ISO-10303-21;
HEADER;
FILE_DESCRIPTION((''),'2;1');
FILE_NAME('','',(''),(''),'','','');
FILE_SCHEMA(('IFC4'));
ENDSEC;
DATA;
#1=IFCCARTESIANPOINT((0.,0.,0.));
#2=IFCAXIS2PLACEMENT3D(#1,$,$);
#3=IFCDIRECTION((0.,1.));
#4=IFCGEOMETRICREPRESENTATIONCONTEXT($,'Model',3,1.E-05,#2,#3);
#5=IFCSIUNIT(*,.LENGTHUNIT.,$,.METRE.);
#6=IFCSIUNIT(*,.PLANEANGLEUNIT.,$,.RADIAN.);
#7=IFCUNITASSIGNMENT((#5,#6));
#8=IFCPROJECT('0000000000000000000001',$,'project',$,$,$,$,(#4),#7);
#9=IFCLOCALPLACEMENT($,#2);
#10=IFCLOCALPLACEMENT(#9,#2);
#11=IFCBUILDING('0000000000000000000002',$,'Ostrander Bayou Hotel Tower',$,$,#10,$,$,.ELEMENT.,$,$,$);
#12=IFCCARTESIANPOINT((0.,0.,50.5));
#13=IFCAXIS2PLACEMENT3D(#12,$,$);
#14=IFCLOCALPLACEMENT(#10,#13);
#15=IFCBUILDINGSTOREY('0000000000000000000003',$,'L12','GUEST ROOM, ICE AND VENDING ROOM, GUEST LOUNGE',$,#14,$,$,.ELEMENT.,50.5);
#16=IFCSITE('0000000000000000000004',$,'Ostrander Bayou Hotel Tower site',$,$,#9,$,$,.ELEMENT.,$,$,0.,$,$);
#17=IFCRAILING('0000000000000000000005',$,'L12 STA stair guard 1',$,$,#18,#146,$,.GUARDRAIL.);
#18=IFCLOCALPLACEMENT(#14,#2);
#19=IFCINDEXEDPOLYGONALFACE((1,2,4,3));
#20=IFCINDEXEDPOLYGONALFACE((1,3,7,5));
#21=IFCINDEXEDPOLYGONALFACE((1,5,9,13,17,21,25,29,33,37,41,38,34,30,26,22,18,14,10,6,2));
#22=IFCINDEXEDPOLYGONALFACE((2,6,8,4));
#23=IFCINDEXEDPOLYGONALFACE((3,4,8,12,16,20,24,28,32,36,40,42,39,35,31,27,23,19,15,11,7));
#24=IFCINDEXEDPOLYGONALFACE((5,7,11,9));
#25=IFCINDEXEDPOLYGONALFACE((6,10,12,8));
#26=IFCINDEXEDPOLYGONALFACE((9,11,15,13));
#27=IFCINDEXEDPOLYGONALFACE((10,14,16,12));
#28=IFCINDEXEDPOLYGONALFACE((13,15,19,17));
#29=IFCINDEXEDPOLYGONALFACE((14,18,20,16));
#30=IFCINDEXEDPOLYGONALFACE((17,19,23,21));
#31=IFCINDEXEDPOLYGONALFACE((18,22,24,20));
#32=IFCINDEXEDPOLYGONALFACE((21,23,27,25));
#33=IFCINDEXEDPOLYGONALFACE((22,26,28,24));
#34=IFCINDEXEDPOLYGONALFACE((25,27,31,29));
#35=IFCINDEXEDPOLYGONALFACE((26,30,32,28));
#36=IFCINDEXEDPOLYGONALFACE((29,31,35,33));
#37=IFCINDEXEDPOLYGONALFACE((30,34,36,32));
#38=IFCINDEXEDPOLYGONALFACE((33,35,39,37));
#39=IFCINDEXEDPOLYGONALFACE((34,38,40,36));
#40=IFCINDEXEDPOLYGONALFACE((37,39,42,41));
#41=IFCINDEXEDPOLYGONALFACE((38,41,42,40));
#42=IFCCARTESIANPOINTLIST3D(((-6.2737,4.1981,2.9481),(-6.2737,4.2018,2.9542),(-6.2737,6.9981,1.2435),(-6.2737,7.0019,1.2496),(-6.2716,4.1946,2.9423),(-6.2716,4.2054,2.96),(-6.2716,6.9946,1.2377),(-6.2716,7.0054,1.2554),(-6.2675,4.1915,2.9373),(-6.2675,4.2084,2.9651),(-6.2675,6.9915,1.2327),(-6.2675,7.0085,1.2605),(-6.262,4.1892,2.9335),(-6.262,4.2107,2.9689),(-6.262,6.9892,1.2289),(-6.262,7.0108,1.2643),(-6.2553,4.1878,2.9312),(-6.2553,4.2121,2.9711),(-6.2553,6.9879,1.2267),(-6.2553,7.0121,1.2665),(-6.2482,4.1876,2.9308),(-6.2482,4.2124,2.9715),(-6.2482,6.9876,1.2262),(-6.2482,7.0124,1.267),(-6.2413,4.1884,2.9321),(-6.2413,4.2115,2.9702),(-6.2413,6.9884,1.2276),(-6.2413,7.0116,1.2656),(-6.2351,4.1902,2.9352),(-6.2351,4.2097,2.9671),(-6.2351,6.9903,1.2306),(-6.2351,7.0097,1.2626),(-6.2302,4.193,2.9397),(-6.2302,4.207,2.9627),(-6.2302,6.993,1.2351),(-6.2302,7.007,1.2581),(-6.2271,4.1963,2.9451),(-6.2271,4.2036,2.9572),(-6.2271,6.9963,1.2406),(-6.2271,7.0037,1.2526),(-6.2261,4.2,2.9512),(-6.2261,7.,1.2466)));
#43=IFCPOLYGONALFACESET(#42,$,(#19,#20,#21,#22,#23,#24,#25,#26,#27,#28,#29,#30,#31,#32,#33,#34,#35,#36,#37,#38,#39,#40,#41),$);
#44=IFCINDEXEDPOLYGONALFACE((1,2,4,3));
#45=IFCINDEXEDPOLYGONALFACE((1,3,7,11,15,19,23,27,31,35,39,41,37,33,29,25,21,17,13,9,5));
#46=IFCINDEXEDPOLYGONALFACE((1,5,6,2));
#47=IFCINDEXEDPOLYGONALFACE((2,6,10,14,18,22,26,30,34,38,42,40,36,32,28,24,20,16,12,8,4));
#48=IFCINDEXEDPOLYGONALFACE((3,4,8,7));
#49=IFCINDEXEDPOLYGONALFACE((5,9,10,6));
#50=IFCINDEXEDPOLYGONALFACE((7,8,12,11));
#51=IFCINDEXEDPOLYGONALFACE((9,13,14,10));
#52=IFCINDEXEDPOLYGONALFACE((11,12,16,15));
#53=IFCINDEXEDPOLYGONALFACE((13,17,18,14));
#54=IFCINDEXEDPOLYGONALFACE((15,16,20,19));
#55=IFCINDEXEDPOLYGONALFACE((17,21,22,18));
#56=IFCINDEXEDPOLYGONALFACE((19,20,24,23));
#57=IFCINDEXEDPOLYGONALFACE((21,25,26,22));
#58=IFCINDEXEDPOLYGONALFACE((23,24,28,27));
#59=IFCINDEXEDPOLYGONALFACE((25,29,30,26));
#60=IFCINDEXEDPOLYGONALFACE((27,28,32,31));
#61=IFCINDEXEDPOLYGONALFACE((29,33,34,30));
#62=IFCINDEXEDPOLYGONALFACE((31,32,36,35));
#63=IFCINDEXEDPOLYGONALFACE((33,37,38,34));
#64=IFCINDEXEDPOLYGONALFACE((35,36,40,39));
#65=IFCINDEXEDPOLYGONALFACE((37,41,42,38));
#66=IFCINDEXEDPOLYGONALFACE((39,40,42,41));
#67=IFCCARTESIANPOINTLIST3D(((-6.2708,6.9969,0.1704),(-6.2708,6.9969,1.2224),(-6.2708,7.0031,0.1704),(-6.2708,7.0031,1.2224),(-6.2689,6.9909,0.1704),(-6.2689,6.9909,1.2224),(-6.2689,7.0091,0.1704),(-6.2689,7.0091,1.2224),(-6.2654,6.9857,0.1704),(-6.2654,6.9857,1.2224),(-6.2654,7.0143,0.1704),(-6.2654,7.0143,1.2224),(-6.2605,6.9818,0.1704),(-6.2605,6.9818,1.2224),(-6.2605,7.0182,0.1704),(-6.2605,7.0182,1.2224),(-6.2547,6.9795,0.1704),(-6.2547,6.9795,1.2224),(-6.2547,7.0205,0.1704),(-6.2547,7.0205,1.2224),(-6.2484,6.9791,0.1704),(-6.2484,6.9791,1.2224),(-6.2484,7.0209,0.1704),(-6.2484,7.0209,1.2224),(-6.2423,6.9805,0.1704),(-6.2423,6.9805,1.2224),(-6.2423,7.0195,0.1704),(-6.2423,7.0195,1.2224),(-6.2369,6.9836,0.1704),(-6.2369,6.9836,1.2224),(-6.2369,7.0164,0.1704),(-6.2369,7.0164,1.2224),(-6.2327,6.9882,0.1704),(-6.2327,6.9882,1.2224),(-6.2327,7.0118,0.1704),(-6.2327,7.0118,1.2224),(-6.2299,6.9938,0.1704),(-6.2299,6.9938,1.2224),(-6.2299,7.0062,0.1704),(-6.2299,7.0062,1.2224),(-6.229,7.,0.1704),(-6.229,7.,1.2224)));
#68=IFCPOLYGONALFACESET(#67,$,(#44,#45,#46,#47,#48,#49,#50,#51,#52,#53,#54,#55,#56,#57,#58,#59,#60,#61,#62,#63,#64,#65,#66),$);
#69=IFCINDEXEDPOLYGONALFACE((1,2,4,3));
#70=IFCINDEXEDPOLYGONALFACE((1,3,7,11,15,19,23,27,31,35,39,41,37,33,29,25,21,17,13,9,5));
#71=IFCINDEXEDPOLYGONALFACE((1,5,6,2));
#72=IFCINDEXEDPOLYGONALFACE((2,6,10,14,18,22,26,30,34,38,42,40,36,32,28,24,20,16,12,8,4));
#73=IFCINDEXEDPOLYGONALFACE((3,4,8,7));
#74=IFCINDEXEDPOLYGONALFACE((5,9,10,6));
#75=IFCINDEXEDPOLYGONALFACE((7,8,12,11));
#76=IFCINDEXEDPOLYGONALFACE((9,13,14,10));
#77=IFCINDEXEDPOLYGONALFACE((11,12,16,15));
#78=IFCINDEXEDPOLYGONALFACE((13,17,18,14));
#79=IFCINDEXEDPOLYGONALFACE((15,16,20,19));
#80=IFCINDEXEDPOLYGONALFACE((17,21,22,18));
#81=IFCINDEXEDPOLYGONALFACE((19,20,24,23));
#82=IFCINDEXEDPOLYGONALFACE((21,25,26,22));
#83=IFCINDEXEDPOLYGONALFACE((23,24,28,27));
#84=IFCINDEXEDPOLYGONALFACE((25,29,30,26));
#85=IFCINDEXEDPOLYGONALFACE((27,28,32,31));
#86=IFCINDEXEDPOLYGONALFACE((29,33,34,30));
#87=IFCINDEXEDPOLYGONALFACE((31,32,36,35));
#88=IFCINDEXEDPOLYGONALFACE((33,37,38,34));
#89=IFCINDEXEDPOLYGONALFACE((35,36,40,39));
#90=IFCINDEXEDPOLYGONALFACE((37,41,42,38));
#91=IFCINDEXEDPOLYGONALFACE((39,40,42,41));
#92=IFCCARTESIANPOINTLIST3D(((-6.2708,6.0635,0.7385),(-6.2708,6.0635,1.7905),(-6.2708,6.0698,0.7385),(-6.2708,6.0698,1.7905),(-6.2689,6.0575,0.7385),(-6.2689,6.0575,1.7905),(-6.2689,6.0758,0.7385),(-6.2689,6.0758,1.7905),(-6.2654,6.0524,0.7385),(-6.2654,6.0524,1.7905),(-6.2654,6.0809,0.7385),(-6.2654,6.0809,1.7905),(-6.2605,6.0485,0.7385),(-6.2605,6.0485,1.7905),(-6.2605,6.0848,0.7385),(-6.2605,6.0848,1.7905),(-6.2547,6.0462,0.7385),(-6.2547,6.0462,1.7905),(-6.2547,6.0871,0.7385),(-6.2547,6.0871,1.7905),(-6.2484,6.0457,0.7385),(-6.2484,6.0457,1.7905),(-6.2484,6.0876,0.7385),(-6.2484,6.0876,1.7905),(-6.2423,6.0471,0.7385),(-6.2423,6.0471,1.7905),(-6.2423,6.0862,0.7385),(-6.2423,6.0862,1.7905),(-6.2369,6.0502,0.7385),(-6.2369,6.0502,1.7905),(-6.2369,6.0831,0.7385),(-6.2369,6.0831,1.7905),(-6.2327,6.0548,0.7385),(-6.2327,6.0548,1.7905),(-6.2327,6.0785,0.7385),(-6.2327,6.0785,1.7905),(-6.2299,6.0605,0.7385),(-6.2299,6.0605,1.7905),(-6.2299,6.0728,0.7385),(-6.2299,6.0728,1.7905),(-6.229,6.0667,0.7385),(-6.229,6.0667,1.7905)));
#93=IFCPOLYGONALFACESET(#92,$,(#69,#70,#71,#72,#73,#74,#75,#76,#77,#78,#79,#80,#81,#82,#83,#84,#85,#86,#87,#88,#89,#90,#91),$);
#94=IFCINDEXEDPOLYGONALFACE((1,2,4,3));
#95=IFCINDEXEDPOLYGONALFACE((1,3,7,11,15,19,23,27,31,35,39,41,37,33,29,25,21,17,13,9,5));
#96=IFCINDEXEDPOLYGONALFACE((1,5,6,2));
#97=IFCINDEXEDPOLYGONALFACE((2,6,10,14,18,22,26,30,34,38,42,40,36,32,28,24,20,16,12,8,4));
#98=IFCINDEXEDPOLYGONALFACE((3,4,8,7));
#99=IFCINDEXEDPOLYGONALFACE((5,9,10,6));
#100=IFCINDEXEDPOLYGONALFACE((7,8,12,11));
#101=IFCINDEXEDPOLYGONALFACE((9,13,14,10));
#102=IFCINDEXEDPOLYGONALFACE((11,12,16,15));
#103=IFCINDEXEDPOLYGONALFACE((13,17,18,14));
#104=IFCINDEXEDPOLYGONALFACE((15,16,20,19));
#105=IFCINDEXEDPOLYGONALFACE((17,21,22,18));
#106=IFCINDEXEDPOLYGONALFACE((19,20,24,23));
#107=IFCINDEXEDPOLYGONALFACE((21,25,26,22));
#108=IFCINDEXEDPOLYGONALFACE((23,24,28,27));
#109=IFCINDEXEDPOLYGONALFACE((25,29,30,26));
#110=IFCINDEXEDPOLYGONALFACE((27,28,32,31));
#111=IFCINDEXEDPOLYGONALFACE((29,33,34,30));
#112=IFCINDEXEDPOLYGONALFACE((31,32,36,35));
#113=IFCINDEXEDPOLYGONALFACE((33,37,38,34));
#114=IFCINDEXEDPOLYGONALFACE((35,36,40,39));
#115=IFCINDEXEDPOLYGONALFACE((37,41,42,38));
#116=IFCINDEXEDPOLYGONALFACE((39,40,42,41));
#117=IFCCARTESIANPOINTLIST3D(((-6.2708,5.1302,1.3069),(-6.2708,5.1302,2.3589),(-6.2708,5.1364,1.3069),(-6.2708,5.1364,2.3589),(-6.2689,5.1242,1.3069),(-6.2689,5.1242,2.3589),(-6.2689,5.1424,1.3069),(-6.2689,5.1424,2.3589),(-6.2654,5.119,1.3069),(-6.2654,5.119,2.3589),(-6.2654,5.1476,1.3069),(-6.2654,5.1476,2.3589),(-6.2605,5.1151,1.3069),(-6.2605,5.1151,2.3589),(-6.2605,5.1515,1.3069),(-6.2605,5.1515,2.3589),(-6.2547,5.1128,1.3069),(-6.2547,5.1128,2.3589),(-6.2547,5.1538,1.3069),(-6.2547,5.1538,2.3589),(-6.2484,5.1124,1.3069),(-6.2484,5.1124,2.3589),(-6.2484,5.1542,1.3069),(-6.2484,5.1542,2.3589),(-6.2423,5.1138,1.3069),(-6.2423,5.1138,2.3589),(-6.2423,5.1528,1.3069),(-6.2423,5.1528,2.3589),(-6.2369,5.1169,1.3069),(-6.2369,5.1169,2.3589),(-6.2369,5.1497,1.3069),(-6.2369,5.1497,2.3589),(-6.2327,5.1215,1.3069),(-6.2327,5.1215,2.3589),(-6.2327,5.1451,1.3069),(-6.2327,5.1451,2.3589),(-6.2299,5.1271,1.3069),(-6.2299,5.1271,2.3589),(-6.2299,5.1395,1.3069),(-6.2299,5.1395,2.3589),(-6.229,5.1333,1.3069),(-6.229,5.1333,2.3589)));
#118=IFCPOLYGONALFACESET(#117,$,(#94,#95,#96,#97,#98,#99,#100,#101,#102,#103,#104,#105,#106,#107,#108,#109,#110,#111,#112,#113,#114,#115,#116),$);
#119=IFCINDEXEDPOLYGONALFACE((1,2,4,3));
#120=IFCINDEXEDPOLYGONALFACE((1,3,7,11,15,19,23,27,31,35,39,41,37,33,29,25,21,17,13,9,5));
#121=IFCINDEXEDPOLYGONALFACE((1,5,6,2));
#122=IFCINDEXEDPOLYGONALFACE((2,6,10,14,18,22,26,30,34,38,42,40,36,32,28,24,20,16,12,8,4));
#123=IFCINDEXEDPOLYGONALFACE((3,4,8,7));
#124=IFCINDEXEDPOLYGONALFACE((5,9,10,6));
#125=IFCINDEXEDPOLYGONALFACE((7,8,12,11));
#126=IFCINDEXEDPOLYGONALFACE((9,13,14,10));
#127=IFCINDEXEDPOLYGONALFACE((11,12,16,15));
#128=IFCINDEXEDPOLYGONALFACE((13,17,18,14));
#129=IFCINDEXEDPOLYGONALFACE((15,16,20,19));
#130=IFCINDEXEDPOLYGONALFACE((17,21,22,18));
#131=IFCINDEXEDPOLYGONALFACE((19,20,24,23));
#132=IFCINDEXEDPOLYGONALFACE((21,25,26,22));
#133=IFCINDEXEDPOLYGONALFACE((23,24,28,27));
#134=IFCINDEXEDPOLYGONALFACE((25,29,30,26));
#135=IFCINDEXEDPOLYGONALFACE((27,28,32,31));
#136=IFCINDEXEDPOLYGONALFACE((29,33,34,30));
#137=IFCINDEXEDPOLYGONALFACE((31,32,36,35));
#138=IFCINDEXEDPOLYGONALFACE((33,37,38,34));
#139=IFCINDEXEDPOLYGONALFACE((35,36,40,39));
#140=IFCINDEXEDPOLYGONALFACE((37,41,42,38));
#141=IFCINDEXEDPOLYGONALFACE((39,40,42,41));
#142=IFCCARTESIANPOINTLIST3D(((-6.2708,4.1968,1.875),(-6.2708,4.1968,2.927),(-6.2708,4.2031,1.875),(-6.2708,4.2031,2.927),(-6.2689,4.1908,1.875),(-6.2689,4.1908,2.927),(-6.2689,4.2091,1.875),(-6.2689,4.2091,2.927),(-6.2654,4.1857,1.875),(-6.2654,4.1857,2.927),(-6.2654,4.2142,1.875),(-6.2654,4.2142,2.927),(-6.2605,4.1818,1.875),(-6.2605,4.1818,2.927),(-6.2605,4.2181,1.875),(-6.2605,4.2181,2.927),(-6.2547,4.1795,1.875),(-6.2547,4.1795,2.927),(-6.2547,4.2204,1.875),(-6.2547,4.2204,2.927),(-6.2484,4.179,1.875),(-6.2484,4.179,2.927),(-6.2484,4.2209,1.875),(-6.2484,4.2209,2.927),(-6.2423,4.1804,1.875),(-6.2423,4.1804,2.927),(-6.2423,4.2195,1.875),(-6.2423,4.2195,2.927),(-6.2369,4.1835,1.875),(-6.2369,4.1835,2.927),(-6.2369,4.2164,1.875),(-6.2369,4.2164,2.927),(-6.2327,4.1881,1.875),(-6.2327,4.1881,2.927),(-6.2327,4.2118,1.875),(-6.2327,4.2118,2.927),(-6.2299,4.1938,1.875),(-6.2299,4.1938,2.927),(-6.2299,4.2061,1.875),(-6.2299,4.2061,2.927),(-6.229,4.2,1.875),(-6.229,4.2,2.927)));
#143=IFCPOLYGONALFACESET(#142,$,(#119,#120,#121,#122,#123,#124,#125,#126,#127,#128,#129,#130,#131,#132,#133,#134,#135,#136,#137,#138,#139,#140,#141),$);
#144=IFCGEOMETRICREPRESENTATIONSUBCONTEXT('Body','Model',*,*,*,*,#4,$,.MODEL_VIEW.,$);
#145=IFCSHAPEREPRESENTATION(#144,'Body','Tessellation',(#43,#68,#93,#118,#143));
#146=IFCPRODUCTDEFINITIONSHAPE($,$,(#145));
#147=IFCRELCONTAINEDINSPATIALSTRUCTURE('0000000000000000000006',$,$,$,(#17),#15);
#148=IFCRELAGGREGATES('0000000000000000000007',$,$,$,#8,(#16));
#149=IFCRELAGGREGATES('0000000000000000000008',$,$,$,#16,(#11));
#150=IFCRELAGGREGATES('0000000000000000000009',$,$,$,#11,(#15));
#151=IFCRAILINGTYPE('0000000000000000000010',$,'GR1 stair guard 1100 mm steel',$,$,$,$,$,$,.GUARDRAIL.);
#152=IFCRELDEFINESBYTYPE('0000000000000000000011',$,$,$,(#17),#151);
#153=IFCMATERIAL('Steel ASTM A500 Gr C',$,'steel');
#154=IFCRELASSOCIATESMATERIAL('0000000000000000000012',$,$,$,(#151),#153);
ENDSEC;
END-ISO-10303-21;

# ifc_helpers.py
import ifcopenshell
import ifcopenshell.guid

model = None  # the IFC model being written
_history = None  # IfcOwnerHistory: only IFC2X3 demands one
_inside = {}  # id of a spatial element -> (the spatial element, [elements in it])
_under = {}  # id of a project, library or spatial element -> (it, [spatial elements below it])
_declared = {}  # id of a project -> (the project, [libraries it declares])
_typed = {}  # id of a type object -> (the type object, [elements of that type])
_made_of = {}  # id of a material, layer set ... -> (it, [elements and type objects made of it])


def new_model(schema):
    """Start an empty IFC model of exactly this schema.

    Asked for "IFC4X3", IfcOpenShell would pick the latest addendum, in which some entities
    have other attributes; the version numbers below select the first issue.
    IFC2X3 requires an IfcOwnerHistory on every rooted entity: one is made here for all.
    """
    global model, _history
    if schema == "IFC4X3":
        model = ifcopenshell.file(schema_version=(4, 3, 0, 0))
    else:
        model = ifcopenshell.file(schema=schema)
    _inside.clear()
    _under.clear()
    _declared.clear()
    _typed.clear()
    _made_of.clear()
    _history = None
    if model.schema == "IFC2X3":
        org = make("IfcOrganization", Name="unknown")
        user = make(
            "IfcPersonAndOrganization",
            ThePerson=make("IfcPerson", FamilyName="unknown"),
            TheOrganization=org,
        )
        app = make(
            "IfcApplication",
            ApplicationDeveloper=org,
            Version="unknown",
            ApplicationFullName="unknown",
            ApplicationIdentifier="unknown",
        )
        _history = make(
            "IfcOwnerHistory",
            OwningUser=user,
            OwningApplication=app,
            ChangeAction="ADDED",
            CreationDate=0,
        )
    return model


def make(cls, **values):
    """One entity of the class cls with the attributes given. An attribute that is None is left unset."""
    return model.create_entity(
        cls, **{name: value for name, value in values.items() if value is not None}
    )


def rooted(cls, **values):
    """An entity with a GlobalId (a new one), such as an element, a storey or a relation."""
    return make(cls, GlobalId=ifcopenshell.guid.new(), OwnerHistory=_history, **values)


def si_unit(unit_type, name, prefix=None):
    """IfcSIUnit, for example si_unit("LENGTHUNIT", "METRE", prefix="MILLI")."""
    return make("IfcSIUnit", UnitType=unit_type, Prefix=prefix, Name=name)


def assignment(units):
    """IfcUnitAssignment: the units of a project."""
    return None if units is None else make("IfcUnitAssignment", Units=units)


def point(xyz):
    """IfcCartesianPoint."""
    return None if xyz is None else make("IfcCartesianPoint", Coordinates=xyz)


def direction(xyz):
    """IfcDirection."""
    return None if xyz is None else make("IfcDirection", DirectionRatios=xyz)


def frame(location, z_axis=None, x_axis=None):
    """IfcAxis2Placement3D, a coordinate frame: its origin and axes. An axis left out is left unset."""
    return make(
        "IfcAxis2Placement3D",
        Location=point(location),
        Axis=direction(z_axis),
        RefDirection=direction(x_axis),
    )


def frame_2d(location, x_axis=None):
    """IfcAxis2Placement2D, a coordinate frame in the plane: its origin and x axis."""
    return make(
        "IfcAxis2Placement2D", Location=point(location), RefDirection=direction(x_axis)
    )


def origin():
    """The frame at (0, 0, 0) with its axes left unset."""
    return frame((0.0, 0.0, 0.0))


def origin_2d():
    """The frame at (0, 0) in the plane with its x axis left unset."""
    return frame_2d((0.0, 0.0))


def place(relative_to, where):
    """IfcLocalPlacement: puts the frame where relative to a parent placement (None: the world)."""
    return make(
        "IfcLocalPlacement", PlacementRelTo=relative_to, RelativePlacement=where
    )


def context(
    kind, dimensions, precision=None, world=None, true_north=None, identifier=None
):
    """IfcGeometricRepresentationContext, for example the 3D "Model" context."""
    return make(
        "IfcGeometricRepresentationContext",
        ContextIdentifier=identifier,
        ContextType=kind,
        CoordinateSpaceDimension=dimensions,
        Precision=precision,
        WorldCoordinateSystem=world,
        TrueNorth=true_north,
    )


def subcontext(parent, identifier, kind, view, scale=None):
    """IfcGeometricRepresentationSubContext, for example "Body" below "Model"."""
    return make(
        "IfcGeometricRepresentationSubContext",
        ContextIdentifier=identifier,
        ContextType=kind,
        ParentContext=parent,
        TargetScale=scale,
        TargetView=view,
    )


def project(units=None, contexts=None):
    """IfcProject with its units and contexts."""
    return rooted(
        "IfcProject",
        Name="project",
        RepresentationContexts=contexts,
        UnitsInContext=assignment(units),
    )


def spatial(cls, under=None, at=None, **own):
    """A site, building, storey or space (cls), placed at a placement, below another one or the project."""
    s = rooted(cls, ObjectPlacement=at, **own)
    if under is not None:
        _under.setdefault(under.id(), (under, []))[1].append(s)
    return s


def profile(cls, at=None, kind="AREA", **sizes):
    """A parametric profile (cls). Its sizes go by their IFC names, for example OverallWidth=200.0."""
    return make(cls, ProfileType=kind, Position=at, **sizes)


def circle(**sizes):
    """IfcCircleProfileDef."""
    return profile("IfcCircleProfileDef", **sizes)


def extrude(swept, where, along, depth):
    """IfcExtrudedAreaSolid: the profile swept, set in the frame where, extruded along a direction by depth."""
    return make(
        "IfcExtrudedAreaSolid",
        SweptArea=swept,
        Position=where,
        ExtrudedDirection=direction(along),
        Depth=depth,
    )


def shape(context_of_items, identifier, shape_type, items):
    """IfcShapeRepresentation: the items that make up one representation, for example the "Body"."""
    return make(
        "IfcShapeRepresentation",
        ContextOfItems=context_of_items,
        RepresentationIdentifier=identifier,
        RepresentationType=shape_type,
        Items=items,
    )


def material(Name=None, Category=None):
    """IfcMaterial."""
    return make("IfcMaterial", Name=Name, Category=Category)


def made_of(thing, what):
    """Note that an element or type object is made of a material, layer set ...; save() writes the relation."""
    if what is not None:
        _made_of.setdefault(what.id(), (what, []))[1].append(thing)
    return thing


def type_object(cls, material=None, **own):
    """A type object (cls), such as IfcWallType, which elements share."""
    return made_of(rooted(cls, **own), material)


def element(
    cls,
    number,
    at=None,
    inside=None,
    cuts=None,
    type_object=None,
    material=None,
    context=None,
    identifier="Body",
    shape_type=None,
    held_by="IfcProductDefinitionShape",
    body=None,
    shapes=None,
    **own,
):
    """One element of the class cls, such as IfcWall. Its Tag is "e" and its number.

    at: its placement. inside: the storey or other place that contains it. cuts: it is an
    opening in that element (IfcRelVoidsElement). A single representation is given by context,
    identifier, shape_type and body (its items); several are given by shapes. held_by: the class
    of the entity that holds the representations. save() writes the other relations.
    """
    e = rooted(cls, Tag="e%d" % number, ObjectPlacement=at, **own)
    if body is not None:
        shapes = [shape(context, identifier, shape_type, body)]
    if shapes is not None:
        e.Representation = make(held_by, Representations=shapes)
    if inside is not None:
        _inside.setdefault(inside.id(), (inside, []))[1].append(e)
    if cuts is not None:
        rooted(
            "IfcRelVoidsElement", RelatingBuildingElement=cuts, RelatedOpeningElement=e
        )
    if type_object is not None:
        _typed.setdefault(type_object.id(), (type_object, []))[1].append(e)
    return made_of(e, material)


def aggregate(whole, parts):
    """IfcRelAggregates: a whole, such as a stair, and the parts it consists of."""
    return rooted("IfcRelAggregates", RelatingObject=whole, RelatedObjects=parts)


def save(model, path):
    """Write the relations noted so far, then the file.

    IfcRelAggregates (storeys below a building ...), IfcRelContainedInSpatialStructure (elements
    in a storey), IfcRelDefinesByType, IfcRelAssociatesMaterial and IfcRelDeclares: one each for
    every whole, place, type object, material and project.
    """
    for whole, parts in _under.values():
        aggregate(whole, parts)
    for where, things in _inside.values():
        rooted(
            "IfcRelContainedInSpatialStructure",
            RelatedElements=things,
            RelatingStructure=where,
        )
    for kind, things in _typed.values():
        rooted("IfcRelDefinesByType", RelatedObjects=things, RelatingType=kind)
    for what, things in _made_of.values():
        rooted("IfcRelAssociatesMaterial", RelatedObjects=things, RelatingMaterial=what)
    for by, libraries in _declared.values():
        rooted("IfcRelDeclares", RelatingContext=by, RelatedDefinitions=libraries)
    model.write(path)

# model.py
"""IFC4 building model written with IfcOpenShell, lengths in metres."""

from ifc_helpers import new_model, si_unit, direction, frame, origin, origin_2d, place, context, subcontext, project, spatial, circle, extrude, material, type_object, element, save


model = new_model("IFC4")

# Units and contexts
model_context = context("Model", 3, precision=1e-05, world=origin(), true_north=direction((0.0, 1.0)))
body_context = subcontext(model_context, "Body", "Model", "MODEL_VIEW")
ifc_project = project(units=[si_unit("LENGTHUNIT", "METRE"), si_unit("PLANEANGLEUNIT", "RADIAN")], contexts=[model_context])

# Site, building, storey
site_placement = place(None, origin())
site = spatial("IfcSite", under=ifc_project, at=site_placement, Name="Ostrander Bayou Hotel Tower site", CompositionType="ELEMENT", RefElevation=0.0)
building_placement = place(site_placement, origin())
building = spatial("IfcBuilding", under=site, at=building_placement, Name="Ostrander Bayou Hotel Tower", CompositionType="ELEMENT")
storey_placement = place(building_placement, frame((0.0, 0.0, 50.5)))
storey = spatial("IfcBuildingStorey", under=building, at=storey_placement, Name="L12", Description="GUEST ROOM, ICE AND VENDING ROOM, GUEST LOUNGE", CompositionType="ELEMENT", Elevation=50.5)

# Railing
ifc_material_1 = material(Name="Steel ASTM A500 Gr C", Category="steel")
railing_type_1 = type_object("IfcRailingType", Name="GR1 stair guard 1100 mm steel", PredefinedType="GUARDRAIL", material=ifc_material_1)
railing_1_placement = place(storey_placement, frame((-6.25, 7.0, 0.1704)))
element("IfcRailing", 1, at=railing_1_placement, inside=storey, type_object=railing_type_1, Name="L12 STA stair guard 1", PredefinedType="GUARDRAIL", context=body_context, shape_type="SweptSolid", body=[
    extrude(circle(Radius=0.0239, at=origin_2d()), frame((0.0, 0.0, 1.0762), z_axis=(0.0, -0.85417, 0.519994), x_axis=(1.0, 0.0, 0.0)), (0.0, 0.0, 1.0), 3.2781),
    extrude(circle(Radius=0.021, at=origin_2d()), origin(), (0.0, 0.0, 1.0), 1.052),
    extrude(circle(Radius=0.021, at=origin_2d()), frame((0.0, -0.9333, 0.5681)), (0.0, 0.0, 1.0), 1.052),
    extrude(circle(Radius=0.021, at=origin_2d()), frame((0.0, -1.8667, 1.1365)), (0.0, 0.0, 1.0), 1.052),
    extrude(circle(Radius=0.021, at=origin_2d()), frame((0.0, -2.8, 1.7046)), (0.0, 0.0, 1.0), 1.052),
])

save(model, "model.ifc")
